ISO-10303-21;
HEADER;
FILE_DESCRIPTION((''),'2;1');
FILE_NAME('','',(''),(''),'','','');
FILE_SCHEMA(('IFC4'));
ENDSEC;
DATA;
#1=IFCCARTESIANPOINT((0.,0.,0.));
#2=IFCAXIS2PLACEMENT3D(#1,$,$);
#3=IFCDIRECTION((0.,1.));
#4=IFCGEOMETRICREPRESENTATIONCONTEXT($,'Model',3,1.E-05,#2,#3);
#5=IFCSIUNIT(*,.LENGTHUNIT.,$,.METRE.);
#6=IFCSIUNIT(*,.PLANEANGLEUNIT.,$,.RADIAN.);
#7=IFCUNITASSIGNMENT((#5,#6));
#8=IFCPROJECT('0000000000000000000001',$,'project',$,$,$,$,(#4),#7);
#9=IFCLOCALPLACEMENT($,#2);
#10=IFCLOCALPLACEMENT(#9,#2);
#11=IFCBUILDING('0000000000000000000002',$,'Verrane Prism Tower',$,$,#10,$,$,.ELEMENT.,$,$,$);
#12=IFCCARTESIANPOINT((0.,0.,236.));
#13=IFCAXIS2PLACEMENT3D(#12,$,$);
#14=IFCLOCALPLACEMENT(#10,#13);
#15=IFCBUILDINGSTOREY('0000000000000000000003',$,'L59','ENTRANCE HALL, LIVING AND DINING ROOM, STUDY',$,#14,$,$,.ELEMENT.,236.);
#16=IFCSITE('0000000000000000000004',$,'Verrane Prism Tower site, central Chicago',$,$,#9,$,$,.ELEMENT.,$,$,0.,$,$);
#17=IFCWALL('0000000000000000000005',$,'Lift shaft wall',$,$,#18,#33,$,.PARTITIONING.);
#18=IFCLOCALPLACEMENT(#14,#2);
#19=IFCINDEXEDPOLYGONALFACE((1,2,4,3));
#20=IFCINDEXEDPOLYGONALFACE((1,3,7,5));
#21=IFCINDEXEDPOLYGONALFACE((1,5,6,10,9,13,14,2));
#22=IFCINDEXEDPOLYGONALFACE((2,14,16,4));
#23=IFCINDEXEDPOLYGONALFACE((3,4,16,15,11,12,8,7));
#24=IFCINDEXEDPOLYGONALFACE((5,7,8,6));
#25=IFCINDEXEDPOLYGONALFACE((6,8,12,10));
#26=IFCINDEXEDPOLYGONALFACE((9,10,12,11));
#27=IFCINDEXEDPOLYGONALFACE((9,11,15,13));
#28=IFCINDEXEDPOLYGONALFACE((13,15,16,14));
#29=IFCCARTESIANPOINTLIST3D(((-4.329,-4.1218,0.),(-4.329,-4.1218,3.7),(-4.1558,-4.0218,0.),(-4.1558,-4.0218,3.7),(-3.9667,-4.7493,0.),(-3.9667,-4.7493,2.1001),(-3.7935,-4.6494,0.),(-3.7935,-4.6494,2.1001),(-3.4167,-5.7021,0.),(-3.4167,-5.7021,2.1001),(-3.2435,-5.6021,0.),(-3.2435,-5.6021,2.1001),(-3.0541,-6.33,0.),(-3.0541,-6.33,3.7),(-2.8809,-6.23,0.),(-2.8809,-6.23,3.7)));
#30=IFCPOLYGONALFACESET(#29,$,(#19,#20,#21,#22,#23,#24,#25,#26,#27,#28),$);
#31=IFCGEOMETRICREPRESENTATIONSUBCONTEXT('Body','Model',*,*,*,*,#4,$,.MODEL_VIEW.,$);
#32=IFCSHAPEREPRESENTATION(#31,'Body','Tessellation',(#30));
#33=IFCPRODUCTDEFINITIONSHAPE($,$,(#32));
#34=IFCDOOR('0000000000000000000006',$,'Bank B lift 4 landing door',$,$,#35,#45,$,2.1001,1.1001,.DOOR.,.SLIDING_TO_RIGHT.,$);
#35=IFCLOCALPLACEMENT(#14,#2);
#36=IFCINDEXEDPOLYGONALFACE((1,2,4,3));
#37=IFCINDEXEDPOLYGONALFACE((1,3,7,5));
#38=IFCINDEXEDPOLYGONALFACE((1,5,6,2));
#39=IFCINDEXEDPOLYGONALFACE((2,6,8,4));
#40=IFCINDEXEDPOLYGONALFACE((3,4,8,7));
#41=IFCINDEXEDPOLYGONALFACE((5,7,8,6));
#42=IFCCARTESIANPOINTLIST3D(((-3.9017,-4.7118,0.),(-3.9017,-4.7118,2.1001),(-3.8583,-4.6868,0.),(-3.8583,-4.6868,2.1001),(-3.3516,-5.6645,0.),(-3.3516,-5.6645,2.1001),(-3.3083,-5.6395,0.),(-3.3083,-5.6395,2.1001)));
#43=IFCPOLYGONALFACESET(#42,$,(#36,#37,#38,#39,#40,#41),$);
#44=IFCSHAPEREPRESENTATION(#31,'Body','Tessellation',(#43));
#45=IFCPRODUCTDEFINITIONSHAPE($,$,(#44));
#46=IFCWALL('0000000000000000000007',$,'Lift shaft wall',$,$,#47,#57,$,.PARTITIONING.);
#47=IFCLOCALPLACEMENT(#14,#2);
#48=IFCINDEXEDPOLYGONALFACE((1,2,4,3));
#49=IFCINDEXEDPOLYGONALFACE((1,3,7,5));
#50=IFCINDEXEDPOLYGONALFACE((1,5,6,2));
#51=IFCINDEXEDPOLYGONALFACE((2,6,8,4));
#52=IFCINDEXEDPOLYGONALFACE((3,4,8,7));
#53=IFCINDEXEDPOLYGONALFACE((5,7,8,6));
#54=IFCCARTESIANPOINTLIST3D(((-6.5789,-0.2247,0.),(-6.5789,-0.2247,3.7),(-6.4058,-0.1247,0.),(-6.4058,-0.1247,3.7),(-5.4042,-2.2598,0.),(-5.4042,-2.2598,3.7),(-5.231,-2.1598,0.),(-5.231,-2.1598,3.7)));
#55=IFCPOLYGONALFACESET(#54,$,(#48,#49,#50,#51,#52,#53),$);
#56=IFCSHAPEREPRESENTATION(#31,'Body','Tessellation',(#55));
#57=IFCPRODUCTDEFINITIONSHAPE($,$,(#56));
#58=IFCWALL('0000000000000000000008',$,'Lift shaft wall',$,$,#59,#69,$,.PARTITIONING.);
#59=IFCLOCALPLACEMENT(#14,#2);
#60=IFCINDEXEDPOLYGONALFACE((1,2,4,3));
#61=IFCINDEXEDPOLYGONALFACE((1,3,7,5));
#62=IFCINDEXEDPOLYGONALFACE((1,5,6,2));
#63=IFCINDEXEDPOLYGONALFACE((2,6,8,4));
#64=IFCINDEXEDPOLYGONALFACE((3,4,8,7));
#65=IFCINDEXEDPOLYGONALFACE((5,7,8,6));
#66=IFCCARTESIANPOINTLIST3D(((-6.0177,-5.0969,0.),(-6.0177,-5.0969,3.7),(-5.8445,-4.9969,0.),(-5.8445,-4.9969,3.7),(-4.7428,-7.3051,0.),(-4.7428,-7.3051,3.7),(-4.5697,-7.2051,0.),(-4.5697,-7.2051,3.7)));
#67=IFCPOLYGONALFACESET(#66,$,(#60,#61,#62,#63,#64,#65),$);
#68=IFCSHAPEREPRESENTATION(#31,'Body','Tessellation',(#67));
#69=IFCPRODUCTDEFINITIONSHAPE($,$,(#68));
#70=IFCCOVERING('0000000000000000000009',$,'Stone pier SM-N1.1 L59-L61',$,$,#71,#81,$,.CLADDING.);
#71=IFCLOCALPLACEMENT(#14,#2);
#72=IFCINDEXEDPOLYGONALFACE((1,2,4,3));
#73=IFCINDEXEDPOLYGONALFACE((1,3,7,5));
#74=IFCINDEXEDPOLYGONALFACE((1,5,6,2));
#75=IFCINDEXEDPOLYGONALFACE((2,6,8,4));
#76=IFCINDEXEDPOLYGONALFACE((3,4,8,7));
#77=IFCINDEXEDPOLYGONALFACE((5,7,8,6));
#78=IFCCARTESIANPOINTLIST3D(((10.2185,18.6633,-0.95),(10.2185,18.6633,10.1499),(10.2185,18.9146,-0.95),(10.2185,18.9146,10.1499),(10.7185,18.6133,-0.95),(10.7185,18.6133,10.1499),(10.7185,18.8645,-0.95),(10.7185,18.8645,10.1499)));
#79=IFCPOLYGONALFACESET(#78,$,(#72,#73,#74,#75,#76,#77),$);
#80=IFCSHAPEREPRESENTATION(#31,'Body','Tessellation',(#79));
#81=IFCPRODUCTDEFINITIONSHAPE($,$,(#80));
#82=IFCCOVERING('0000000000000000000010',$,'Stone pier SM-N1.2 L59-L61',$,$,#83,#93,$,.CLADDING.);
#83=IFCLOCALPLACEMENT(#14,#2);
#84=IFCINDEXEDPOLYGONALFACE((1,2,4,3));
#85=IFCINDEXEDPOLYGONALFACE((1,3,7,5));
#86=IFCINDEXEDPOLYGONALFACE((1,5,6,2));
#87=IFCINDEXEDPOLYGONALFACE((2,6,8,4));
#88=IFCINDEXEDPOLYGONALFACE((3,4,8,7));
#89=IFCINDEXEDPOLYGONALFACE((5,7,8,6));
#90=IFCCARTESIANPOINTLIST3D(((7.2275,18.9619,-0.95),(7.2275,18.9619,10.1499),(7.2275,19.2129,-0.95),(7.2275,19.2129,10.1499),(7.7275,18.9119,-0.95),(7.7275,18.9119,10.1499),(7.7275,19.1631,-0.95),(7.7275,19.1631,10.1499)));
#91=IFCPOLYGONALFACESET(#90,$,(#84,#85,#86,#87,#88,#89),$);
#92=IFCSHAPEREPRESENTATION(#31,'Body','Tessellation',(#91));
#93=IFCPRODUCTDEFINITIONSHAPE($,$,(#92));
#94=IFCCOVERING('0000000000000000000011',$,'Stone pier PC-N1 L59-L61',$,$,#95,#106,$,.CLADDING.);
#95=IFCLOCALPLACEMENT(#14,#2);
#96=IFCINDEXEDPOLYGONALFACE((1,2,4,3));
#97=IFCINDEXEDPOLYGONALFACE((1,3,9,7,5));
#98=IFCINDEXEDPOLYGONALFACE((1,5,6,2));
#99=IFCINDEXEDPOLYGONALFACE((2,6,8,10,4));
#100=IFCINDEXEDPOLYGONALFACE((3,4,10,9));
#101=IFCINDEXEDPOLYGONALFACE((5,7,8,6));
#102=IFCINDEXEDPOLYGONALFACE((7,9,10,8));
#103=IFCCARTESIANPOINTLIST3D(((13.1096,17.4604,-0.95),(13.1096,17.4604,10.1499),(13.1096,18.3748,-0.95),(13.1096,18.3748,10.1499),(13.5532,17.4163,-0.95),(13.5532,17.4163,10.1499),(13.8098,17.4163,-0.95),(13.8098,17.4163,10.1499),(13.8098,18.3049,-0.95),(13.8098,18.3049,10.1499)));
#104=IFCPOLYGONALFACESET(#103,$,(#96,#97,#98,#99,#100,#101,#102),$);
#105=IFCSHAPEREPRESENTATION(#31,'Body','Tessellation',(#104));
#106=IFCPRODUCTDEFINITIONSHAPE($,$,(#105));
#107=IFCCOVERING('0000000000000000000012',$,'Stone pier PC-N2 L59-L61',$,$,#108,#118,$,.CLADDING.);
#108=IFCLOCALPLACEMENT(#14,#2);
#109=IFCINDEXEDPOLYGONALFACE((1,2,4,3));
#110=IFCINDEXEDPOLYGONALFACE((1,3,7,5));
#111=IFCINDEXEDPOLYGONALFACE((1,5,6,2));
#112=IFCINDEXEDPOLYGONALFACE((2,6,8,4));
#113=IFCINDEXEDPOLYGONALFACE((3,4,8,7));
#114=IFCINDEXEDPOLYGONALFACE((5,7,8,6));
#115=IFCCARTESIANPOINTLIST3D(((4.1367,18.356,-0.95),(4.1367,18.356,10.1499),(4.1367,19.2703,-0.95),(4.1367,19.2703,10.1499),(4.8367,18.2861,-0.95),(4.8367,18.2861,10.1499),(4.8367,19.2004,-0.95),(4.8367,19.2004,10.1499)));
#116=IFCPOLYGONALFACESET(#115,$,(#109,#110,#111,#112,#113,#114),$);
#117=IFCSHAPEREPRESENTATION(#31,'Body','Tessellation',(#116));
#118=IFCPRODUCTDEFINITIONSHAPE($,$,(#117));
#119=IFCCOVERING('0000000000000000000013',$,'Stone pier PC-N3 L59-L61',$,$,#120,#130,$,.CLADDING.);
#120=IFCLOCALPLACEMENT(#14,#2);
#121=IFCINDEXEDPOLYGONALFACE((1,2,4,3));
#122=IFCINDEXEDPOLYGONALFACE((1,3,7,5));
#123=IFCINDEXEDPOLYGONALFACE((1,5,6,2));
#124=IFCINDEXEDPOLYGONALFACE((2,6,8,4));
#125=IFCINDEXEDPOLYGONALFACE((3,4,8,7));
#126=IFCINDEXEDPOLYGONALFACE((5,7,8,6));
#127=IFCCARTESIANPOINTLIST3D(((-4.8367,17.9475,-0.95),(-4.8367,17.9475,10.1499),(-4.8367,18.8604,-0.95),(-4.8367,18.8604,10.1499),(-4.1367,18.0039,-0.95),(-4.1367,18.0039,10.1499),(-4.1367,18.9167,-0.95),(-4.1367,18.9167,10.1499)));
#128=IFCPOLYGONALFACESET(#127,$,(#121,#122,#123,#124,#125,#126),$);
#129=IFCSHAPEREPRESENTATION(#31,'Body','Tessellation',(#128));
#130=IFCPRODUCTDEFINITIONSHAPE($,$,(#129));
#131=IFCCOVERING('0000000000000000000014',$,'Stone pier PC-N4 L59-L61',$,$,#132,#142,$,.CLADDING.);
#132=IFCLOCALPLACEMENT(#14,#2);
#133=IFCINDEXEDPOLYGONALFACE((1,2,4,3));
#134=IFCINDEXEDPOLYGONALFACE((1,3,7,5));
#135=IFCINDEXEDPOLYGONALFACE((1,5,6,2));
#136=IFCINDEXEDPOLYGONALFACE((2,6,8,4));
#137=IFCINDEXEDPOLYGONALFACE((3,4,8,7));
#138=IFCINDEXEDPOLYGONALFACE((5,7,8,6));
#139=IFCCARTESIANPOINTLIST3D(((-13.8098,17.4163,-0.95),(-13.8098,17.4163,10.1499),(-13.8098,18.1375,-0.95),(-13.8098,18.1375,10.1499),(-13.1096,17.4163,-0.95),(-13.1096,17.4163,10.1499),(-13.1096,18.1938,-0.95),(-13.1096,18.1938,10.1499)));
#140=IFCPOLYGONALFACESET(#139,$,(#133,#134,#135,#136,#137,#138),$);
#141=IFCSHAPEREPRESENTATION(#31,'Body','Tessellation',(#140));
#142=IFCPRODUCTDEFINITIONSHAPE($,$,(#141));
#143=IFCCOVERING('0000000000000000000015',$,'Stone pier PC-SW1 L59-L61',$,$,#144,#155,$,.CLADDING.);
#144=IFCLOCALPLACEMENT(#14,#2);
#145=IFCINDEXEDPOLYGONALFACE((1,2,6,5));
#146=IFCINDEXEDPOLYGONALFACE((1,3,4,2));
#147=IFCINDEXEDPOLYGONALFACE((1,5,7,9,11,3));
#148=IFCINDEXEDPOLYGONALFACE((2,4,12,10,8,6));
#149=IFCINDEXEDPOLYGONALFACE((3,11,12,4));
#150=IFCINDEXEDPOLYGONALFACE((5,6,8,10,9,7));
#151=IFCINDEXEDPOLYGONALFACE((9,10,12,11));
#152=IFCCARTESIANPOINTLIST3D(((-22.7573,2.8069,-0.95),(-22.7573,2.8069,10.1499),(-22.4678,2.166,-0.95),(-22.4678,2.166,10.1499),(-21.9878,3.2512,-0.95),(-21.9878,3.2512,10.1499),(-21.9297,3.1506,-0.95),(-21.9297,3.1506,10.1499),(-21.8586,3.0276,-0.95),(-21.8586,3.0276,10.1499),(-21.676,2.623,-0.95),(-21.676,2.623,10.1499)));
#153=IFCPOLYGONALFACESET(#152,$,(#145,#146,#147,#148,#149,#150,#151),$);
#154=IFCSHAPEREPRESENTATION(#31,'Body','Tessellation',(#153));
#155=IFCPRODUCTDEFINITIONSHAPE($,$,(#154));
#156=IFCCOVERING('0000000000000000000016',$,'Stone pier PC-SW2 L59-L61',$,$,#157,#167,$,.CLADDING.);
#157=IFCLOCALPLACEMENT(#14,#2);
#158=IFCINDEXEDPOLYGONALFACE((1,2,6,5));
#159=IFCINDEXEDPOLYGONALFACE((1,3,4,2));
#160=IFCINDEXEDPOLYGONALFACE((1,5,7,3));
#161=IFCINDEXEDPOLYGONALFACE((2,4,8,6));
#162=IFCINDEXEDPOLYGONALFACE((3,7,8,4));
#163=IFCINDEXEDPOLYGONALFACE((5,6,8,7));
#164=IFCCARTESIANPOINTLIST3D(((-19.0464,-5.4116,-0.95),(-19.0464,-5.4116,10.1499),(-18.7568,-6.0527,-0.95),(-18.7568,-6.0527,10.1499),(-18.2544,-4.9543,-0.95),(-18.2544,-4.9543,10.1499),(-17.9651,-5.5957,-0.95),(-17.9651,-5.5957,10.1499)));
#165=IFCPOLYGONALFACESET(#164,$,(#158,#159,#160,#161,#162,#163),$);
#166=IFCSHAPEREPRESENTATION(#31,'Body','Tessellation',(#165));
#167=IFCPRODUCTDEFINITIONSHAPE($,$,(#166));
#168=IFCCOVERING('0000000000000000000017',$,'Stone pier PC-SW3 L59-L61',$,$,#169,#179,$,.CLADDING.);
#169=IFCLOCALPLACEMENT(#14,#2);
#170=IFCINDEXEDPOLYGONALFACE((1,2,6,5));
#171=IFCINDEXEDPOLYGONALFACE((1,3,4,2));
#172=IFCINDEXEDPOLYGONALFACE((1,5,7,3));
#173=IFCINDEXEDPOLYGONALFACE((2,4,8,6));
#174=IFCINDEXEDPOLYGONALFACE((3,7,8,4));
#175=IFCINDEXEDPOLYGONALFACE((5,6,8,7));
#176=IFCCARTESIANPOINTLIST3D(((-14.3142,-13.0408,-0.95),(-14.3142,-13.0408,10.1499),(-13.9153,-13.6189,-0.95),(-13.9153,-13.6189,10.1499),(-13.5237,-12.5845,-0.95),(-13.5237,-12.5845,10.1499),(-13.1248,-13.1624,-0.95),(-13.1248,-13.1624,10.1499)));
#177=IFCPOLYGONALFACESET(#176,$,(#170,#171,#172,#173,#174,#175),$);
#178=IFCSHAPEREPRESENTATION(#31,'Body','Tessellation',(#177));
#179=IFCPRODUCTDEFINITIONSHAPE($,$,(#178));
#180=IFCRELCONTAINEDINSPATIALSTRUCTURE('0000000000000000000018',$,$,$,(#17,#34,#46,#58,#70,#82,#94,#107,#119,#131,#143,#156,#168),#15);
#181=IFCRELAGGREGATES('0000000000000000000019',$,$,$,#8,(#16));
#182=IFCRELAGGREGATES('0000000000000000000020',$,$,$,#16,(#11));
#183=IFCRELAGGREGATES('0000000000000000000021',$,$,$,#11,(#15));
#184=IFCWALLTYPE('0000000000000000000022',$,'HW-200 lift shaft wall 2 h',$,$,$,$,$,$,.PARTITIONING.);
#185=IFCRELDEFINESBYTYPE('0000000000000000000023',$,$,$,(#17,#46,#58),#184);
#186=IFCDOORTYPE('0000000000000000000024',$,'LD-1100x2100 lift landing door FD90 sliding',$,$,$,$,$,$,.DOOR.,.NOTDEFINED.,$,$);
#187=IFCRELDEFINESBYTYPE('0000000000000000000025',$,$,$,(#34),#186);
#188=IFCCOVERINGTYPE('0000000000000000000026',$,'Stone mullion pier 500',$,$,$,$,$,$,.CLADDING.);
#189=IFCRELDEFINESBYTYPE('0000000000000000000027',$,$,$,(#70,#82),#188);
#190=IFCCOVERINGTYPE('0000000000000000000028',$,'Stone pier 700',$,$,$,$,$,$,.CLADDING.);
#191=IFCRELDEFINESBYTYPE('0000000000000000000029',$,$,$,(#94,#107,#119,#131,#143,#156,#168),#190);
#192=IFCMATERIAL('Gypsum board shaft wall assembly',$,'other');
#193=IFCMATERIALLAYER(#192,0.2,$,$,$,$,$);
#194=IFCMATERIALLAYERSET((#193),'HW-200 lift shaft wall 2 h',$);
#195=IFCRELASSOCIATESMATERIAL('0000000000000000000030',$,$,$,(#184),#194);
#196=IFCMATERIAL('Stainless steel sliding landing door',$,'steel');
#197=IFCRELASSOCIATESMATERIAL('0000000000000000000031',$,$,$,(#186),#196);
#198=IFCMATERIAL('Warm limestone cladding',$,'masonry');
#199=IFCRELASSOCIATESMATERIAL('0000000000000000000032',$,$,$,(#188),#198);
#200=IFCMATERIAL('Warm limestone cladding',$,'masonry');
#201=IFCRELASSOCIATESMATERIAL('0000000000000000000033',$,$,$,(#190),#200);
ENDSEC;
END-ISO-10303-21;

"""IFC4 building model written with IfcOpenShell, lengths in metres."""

from ifc_helpers import new_model, si_unit, direction, frame, frame_2d, origin, place, context, subcontext, project, spatial, polyline, rectangle, outline, extrude, material, layer, layer_set, type_object, element, fill, save


model = new_model("IFC4")

# Units and contexts
model_context = context("Model", 3, precision=1e-05, world=origin(), true_north=direction((0.0, 1.0)))
body_context = subcontext(model_context, "Body", "Model", "MODEL_VIEW")
ifc_project = project(units=[si_unit("LENGTHUNIT", "METRE"), si_unit("PLANEANGLEUNIT", "RADIAN")], contexts=[model_context])

# Site, building, storey
site_placement = place(None, origin())
site = spatial("IfcSite", under=ifc_project, at=site_placement, Name="Verrane Prism Tower site, central Chicago", CompositionType="ELEMENT", RefElevation=0.0)
building_placement = place(site_placement, origin())
building = spatial("IfcBuilding", under=site, at=building_placement, Name="Verrane Prism Tower", CompositionType="ELEMENT")
storey_placement = place(building_placement, frame((0.0, 0.0, 236.0)))
storey = spatial("IfcBuildingStorey", under=building, at=storey_placement, Name="L59", Description="ENTRANCE HALL, LIVING AND DINING ROOM, STUDY", CompositionType="ELEMENT", Elevation=236.0)

# Shared definitions
ifc_material_1 = material(Name="Gypsum board shaft wall assembly", Category="other")
ifc_layer_1 = layer(ifc_material_1, 0.2)
ifc_layer_set_1 = layer_set([ifc_layer_1], Name="HW-200 lift shaft wall 2 h")
wall_type_1 = type_object("IfcWallType", Name="HW-200 lift shaft wall 2 h", PredefinedType="PARTITIONING", material=ifc_layer_set_1)
ifc_material_2 = material(Name="Stainless steel sliding landing door", Category="steel")
door_type = type_object("IfcDoorType", Name="LD-1100x2100 lift landing door FD90 sliding", OperationType="NOTDEFINED", PredefinedType="DOOR", material=ifc_material_2)

# Wall, opening, door
wall_1_placement = place(storey_placement, frame((-2.9675, -6.28, 0.0), z_axis=(0.0, 0.0, 1.0), x_axis=(-0.49999, 0.866031, 0.0)))
wall_1 = element("IfcWall", 1, at=wall_1_placement, inside=storey, type_object=wall_type_1, Name="Lift shaft wall", PredefinedType="PARTITIONING", context=body_context, shape_type="SweptSolid", body=[
    extrude(rectangle(XDim=2.5498, YDim=0.2, at=frame_2d((1.2749, 0.0))), origin(), (0.0, 0.0, 1.0), 3.7),
])
opening_1_placement = place(wall_1_placement, frame((0.7251, 0.0, 0.0)))
opening_1 = element("IfcOpeningElement", 2, at=opening_1_placement, cuts=wall_1, PredefinedType="OPENING", context=body_context, shape_type="SweptSolid", body=[
    extrude(rectangle(XDim=1.1001, YDim=2.1001, at=frame_2d((0.55, 1.05))), frame((0.0, 0.1099, 0.0), z_axis=(0.0, -1.0, 0.0), x_axis=(1.0, 0.0, 0.0)), (0.0, 0.0, 1.0), 0.22),
])
door_1_placement = place(opening_1_placement, origin())
door_1 = element("IfcDoor", 3, at=door_1_placement, inside=storey, type_object=door_type, Name="Bank B lift 4 landing door", OperationType="SLIDING_TO_RIGHT", OverallHeight=2.1001, OverallWidth=1.1001, PredefinedType="DOOR", context=body_context, shape_type="SweptSolid", body=[
    extrude(rectangle(XDim=1.1001, YDim=2.1001, at=frame_2d((0.55, 1.05))), frame((0.0, 0.0249, 0.0), z_axis=(0.0, -1.0, 0.0), x_axis=(1.0, 0.0, 0.0)), (0.0, 0.0, 1.0), 0.05),
])
fill(opening_1, door_1)

# Walls
wall_2_placement = place(storey_placement, frame((-5.3176, -2.2097, 0.0), z_axis=(0.0, 0.0, 1.0), x_axis=(-0.499938, 0.866061, 0.0)))
element("IfcWall", 4, at=wall_2_placement, inside=storey, type_object=wall_type_1, Name="Lift shaft wall", PredefinedType="PARTITIONING", context=body_context, shape_type="SweptSolid", body=[
    extrude(rectangle(XDim=2.3499, YDim=0.2, at=frame_2d((1.1748, 0.0))), origin(), (0.0, 0.0, 1.0), 3.7),
])
wall_3_placement = place(storey_placement, frame((-4.6562, -7.2551, 0.0), z_axis=(0.0, 0.0, 1.0), x_axis=(-0.49999, 0.866031, 0.0)))
element("IfcWall", 5, at=wall_3_placement, inside=storey, type_object=wall_type_1, Name="Lift shaft wall", PredefinedType="PARTITIONING", context=body_context, shape_type="SweptSolid", body=[
    extrude(rectangle(XDim=2.5498, YDim=0.2, at=frame_2d((1.2749, 0.0))), origin(), (0.0, 0.0, 1.0), 3.7),
])

# Coverings
ifc_material_3 = material(Name="Warm limestone cladding", Category="masonry")
covering_type_1 = type_object("IfcCoveringType", Name="Stone mullion pier 500", PredefinedType="CLADDING", material=ifc_material_3)
covering_1_placement = place(storey_placement, frame((0.0, 0.0, -0.95)))
element("IfcCovering", 6, at=covering_1_placement, inside=storey, type_object=covering_type_1, Name="Stone pier SM-N1.1 L59-L61", PredefinedType="CLADDING", context=body_context, shape_type="SweptSolid", body=[
    extrude(outline(polyline([(10.2185, 18.6633), (10.7185, 18.6133), (10.7185, 18.8645), (10.2185, 18.9146), (10.2185, 18.6633)])), origin(), (0.0, 0.0, 1.0), 11.0999),
])
covering_2_placement = place(storey_placement, frame((0.0, 0.0, -0.95)))
element("IfcCovering", 7, at=covering_2_placement, inside=storey, type_object=covering_type_1, Name="Stone pier SM-N1.2 L59-L61", PredefinedType="CLADDING", context=body_context, shape_type="SweptSolid", body=[
    extrude(outline(polyline([(7.2275, 18.9619), (7.7275, 18.9119), (7.7275, 19.1631), (7.2275, 19.2129), (7.2275, 18.9619)])), origin(), (0.0, 0.0, 1.0), 11.0999),
])
ifc_material_4 = material(Name="Warm limestone cladding", Category="masonry")
covering_type_2 = type_object("IfcCoveringType", Name="Stone pier 700", PredefinedType="CLADDING", material=ifc_material_4)
covering_3_placement = place(storey_placement, frame((0.0, 0.0, -0.95)))
element("IfcCovering", 8, at=covering_3_placement, inside=storey, type_object=covering_type_2, Name="Stone pier PC-N1 L59-L61", PredefinedType="CLADDING", context=body_context, shape_type="SweptSolid", body=[
    extrude(outline(polyline([(13.5532, 17.4163), (13.8098, 17.4163), (13.8098, 18.3049), (13.1096, 18.3748), (13.1096, 17.4604), (13.5532, 17.4163)])), origin(), (0.0, 0.0, 1.0), 11.0999),
])
covering_4_placement = place(storey_placement, frame((0.0, 0.0, -0.95)))
element("IfcCovering", 9, at=covering_4_placement, inside=storey, type_object=covering_type_2, Name="Stone pier PC-N2 L59-L61", PredefinedType="CLADDING", context=body_context, shape_type="SweptSolid", body=[
    extrude(outline(polyline([(4.1367, 19.2703), (4.1367, 18.356), (4.8367, 18.2861), (4.8367, 19.2004), (4.1367, 19.2703)])), origin(), (0.0, 0.0, 1.0), 11.0999),
])
covering_5_placement = place(storey_placement, frame((0.0, 0.0, -0.95)))
element("IfcCovering", 10, at=covering_5_placement, inside=storey, type_object=covering_type_2, Name="Stone pier PC-N3 L59-L61", PredefinedType="CLADDING", context=body_context, shape_type="SweptSolid", body=[
    extrude(outline(polyline([(-4.8367, 18.8604), (-4.8367, 17.9475), (-4.1367, 18.0039), (-4.1367, 18.9167), (-4.8367, 18.8604)])), origin(), (0.0, 0.0, 1.0), 11.0999),
])
covering_6_placement = place(storey_placement, frame((0.0, 0.0, -0.95)))
element("IfcCovering", 11, at=covering_6_placement, inside=storey, type_object=covering_type_2, Name="Stone pier PC-N4 L59-L61", PredefinedType="CLADDING", context=body_context, shape_type="SweptSolid", body=[
    extrude(outline(polyline([(-13.8098, 17.4163), (-13.1096, 17.4163), (-13.1096, 18.1938), (-13.8098, 18.1375), (-13.8098, 17.4163)])), origin(), (0.0, 0.0, 1.0), 11.0999),
])
covering_7_placement = place(storey_placement, frame((0.0, 0.0, -0.95)))
element("IfcCovering", 12, at=covering_7_placement, inside=storey, type_object=covering_type_2, Name="Stone pier PC-SW1 L59-L61", PredefinedType="CLADDING", context=body_context, shape_type="SweptSolid", body=[
    extrude(outline(polyline([(-21.8586, 3.0276), (-21.9297, 3.1506), (-21.9878, 3.2512), (-22.7573, 2.8069), (-22.4678, 2.166), (-21.676, 2.623), (-21.8586, 3.0276)])), origin(), (0.0, 0.0, 1.0), 11.0999),
])
covering_8_placement = place(storey_placement, frame((0.0, 0.0, -0.95)))
element("IfcCovering", 13, at=covering_8_placement, inside=storey, type_object=covering_type_2, Name="Stone pier PC-SW2 L59-L61", PredefinedType="CLADDING", context=body_context, shape_type="SweptSolid", body=[
    extrude(outline(polyline([(-18.7568, -6.0527), (-17.9651, -5.5957), (-18.2544, -4.9543), (-19.0464, -5.4116), (-18.7568, -6.0527)])), origin(), (0.0, 0.0, 1.0), 11.0999),
])
covering_9_placement = place(storey_placement, frame((0.0, 0.0, -0.95)))
element("IfcCovering", 14, at=covering_9_placement, inside=storey, type_object=covering_type_2, Name="Stone pier PC-SW3 L59-L61", PredefinedType="CLADDING", context=body_context, shape_type="SweptSolid", body=[
    extrude(outline(polyline([(-13.9153, -13.6189), (-13.1248, -13.1624), (-13.5237, -12.5845), (-14.3142, -13.0408), (-13.9153, -13.6189)])), origin(), (0.0, 0.0, 1.0), 11.0999),
])

save(model, "model.ifc")
